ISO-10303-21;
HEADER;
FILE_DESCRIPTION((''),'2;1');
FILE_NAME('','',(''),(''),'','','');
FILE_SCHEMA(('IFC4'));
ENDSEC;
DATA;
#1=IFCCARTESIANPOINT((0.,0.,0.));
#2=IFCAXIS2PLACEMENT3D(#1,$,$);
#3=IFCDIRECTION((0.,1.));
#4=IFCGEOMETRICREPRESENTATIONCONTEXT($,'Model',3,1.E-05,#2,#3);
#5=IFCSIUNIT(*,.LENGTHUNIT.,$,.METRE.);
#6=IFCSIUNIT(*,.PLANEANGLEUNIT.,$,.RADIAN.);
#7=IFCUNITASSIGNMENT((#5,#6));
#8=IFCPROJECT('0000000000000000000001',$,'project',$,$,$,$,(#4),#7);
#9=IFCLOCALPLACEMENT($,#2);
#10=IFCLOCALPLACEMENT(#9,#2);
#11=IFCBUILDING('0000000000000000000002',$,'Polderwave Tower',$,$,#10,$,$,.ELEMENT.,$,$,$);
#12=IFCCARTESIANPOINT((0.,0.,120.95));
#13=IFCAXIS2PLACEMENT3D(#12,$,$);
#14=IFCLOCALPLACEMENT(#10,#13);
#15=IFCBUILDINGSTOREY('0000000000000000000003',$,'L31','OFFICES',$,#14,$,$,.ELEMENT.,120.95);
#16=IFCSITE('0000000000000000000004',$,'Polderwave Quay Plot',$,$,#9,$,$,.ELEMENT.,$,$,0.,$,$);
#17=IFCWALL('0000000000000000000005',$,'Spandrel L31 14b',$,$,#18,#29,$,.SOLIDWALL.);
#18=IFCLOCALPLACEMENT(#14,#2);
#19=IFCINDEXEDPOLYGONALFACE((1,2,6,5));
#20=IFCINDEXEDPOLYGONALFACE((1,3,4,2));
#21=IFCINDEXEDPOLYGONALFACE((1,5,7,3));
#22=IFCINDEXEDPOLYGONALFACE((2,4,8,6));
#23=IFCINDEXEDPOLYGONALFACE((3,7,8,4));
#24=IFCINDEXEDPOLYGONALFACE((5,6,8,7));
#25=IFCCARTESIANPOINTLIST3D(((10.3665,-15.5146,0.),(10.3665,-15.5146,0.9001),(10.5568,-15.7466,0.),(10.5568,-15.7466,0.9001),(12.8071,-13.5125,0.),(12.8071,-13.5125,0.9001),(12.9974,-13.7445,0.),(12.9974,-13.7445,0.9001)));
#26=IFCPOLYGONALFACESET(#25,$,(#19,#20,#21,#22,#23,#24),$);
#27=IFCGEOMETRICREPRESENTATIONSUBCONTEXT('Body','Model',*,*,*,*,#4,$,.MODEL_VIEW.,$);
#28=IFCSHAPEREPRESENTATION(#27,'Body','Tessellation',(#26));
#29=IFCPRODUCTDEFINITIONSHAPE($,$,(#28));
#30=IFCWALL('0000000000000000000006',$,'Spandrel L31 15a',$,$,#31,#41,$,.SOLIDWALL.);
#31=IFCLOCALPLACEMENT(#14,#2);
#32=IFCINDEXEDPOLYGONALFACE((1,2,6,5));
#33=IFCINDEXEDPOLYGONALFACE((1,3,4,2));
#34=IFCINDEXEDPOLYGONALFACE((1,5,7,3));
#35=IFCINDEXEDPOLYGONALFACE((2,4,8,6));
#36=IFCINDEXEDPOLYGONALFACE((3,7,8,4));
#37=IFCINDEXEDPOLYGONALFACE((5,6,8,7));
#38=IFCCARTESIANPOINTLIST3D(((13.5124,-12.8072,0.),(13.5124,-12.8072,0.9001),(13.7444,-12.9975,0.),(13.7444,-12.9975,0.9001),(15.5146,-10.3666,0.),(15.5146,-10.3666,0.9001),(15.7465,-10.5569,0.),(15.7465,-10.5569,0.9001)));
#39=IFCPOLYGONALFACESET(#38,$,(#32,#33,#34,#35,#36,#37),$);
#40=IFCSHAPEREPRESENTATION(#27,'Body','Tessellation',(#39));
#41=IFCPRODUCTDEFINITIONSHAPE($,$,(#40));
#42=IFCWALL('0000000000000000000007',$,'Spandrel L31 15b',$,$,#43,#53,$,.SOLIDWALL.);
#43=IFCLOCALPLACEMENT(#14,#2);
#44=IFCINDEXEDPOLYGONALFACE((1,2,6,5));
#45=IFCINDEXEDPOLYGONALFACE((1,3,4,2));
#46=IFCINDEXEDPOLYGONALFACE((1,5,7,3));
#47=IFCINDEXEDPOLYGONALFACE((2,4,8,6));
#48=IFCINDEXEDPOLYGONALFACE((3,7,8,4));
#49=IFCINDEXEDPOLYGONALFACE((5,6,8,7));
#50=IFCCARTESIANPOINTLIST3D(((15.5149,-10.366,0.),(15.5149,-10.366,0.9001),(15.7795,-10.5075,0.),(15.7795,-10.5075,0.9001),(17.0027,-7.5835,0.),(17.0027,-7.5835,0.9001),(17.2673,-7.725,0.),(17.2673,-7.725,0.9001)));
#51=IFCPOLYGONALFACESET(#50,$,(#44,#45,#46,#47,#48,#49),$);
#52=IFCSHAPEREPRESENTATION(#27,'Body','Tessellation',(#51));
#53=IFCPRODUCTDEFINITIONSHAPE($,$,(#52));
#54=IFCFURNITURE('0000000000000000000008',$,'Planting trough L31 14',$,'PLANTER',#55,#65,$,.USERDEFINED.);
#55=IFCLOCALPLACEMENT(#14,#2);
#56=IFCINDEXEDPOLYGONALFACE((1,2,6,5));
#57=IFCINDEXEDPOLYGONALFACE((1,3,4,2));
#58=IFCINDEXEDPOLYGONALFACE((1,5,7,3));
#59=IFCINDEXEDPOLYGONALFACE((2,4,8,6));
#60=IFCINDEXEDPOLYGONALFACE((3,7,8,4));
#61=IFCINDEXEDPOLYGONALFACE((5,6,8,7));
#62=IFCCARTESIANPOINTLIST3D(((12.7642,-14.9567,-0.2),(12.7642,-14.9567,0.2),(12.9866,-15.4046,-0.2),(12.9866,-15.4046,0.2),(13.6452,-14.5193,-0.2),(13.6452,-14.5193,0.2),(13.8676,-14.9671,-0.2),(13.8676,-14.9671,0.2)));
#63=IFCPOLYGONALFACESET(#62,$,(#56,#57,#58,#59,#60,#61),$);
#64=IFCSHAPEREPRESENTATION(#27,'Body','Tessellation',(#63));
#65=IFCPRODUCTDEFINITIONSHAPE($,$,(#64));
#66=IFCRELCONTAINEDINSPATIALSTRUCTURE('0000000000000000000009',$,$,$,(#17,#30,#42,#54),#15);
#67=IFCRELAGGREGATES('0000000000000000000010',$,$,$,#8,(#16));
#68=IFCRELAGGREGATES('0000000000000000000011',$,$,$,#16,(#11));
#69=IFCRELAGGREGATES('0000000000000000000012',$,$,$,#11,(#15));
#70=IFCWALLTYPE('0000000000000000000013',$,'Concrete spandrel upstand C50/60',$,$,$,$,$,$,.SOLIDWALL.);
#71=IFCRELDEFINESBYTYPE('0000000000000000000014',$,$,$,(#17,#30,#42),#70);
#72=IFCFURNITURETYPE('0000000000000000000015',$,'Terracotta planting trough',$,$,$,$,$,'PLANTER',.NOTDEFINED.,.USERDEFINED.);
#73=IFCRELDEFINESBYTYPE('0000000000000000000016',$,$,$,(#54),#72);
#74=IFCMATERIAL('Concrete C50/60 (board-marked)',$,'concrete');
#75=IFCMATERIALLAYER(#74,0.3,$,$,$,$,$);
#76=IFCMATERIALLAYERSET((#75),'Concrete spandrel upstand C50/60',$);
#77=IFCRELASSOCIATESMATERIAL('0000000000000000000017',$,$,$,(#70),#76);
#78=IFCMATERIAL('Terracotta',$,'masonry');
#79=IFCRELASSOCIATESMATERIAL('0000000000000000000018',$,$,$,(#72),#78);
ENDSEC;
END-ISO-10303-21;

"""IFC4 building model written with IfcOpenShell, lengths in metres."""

from ifc_helpers import new_model, si_unit, direction, frame, frame_2d, origin, origin_2d, place, context, subcontext, project, spatial, rectangle, extrude, material, layer, layer_set, type_object, element, save


model = new_model("IFC4")

# Units and contexts
model_context = context("Model", 3, precision=1e-05, world=origin(), true_north=direction((0.0, 1.0)))
body_context = subcontext(model_context, "Body", "Model", "MODEL_VIEW")
ifc_project = project(units=[si_unit("LENGTHUNIT", "METRE"), si_unit("PLANEANGLEUNIT", "RADIAN")], contexts=[model_context])

# Site, building, storey
site_placement = place(None, origin())
site = spatial("IfcSite", under=ifc_project, at=site_placement, Name="Polderwave Quay Plot", CompositionType="ELEMENT", RefElevation=0.0)
building_placement = place(site_placement, origin())
building = spatial("IfcBuilding", under=site, at=building_placement, Name="Polderwave Tower", CompositionType="ELEMENT")
storey_placement = place(building_placement, frame((0.0, 0.0, 120.95)))
storey = spatial("IfcBuildingStorey", under=building, at=storey_placement, Name="L31", Description="OFFICES", CompositionType="ELEMENT", Elevation=120.95)

# Walls
ifc_material_1 = material(Name="Concrete C50/60 (board-marked)", Category="concrete")
ifc_layer_1 = layer(ifc_material_1, 0.3)
ifc_layer_set_1 = layer_set([ifc_layer_1], Name="Concrete spandrel upstand C50/60")
wall_type = type_object("IfcWallType", Name="Concrete spandrel upstand C50/60", PredefinedType="SOLIDWALL", material=ifc_layer_set_1)
for number, where, z_axis, x_axis, name in (
    (1, (10.4617, -15.6306, 0.0), (0.0, 0.0, 1.0), (0.773137, 0.63424, 0.0), "Spandrel L31 14b"),
    (2, (13.6284, -12.9023, 0.0), (0.0, 0.0, 1.0), (0.63424, 0.773137, 0.0), "Spandrel L31 15a"),
):
    element("IfcWall", number, at=place(storey_placement, frame(where, z_axis=z_axis, x_axis=x_axis)), inside=storey, type_object=wall_type, Name=name, PredefinedType="SOLIDWALL", context=body_context, shape_type="SweptSolid", body=[
        extrude(rectangle(XDim=3.1567, YDim=0.3, at=frame_2d((1.5784, 0.0))), origin(), (0.0, 0.0, 1.0), 0.9001),
    ])
wall_1_placement = place(storey_placement, frame((15.6472, -10.4368, 0.0), z_axis=(0.0, 0.0, 1.0), x_axis=(0.471528, 0.881851, 0.0)))
element("IfcWall", 3, at=wall_1_placement, inside=storey, type_object=wall_type, Name="Spandrel L31 15b", PredefinedType="SOLIDWALL", context=body_context, shape_type="SweptSolid", body=[
    extrude(rectangle(XDim=3.1553, YDim=0.3, at=frame_2d((1.5776, 0.0))), origin(), (0.0, 0.0, 1.0), 0.9001),
])

# Furniture
ifc_material_2 = material(Name="Terracotta", Category="masonry")
furniture_type = type_object("IfcFurnitureType", Name="Terracotta planting trough", ElementType="PLANTER", AssemblyPlace="NOTDEFINED", PredefinedType="USERDEFINED", material=ifc_material_2)
furniture_placement = place(storey_placement, frame((13.3159, -14.9619, -0.2), z_axis=(0.0, 0.0, 1.0), x_axis=(0.895671, 0.444718, 0.0)))
element("IfcFurniture", 4, at=furniture_placement, inside=storey, type_object=furniture_type, Name="Planting trough L31 14", ObjectType="PLANTER", PredefinedType="USERDEFINED", context=body_context, shape_type="SweptSolid", body=[
    extrude(rectangle(XDim=0.9836, YDim=0.5, at=origin_2d()), origin(), (0.0, 0.0, 1.0), 0.3999),
])

save(model, "model.ifc")
